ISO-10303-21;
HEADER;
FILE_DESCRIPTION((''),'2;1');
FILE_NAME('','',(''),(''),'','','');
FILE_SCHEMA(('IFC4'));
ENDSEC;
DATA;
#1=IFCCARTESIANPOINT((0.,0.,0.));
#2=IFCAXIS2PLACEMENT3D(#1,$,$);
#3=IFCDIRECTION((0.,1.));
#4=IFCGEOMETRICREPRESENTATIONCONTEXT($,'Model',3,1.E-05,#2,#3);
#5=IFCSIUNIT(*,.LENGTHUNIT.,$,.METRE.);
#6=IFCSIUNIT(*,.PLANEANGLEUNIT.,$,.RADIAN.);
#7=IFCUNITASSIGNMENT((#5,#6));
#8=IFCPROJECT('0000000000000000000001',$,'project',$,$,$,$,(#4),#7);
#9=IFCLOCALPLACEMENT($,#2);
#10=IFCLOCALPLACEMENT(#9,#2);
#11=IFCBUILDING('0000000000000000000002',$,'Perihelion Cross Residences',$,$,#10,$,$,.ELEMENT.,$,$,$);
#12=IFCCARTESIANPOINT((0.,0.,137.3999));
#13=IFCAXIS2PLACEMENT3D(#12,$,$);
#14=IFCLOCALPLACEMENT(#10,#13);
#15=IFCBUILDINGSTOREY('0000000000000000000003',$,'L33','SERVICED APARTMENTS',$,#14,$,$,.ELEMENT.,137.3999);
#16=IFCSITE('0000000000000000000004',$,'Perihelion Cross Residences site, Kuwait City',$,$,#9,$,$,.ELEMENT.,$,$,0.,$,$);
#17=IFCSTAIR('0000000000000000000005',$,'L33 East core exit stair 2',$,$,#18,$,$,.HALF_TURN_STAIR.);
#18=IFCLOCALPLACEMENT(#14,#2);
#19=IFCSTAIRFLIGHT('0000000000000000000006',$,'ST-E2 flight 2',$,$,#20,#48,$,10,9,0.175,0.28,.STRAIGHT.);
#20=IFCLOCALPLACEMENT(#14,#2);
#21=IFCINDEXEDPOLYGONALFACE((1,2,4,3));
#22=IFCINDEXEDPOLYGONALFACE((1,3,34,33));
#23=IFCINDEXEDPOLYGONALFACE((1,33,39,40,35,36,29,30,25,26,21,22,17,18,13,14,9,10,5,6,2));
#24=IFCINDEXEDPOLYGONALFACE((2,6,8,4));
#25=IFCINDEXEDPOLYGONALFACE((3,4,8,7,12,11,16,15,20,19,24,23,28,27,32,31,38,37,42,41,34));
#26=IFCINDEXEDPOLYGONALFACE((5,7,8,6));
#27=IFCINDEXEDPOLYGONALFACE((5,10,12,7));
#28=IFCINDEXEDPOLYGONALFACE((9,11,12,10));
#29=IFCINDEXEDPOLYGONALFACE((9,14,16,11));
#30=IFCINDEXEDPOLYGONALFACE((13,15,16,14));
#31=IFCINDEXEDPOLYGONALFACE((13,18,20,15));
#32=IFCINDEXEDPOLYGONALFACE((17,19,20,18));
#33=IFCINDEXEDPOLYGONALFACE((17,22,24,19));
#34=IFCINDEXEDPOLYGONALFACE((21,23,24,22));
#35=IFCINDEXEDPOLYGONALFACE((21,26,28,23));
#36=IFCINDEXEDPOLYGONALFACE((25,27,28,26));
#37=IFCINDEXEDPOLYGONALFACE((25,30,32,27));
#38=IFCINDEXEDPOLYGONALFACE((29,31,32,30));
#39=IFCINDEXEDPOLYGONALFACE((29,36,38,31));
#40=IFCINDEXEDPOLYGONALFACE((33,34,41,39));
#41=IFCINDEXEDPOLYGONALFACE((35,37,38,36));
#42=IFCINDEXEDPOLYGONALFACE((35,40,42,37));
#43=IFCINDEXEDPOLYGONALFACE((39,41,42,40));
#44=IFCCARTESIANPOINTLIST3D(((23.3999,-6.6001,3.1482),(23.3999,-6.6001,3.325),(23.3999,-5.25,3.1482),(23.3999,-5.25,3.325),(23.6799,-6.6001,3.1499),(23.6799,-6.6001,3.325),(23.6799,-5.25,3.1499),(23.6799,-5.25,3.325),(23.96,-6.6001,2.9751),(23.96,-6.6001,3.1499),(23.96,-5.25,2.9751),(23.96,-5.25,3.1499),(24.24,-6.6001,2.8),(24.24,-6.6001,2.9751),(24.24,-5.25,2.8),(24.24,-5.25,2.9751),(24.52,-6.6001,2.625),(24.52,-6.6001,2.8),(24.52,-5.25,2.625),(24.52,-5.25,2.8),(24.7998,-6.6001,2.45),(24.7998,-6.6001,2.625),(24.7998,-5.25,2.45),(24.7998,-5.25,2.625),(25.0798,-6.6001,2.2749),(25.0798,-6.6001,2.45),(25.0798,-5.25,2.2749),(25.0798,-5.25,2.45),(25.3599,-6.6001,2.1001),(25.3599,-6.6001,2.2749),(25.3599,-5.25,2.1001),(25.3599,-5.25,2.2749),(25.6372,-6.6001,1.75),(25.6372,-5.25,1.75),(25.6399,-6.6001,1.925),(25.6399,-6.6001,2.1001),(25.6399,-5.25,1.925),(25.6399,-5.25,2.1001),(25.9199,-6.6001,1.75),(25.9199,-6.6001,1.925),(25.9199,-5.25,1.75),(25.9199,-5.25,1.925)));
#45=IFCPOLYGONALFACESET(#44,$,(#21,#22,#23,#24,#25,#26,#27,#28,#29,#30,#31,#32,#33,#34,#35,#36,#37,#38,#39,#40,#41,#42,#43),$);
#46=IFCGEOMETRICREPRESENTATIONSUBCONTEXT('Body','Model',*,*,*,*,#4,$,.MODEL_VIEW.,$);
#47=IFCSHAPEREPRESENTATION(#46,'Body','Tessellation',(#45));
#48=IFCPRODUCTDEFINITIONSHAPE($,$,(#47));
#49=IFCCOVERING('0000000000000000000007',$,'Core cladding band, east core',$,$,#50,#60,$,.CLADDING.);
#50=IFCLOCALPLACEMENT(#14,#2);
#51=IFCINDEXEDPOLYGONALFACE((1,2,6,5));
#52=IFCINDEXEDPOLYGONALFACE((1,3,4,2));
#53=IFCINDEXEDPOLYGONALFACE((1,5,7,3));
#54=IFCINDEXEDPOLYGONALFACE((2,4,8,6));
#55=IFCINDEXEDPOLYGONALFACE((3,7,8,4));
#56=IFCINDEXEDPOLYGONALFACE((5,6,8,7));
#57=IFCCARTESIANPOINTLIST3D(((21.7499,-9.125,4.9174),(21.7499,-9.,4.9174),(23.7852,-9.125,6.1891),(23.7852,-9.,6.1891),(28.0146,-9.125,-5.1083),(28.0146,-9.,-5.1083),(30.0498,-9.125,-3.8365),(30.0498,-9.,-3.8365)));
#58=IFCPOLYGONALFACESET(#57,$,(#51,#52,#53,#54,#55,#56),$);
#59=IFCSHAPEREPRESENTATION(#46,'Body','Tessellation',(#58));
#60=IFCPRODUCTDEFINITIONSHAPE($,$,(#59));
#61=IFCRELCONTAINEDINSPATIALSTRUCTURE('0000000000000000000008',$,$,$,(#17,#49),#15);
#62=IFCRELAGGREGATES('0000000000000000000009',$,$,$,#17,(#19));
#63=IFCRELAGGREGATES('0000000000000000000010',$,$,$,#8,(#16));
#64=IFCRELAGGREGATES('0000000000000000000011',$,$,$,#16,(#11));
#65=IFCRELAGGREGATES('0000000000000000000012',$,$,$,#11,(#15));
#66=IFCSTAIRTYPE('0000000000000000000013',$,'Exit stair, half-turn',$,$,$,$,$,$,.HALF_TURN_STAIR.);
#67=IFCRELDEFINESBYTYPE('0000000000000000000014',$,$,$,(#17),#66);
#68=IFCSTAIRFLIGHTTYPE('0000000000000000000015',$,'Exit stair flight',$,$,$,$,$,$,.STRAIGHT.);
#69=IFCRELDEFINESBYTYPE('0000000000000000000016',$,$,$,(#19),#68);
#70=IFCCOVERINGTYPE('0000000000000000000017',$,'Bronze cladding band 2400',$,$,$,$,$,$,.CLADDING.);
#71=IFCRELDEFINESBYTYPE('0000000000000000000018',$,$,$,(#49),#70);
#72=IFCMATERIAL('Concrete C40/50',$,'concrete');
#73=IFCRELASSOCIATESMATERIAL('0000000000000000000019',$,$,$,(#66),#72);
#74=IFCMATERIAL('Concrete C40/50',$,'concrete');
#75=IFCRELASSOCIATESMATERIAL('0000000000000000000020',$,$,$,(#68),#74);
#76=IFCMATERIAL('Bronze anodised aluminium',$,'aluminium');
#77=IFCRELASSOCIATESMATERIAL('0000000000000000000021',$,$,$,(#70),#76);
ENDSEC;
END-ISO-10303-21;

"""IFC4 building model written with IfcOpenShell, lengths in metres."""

from ifc_helpers import new_model, si_unit, direction, frame, origin, origin_2d, place, context, subcontext, project, spatial, polyline, rectangle, outline, extrude, material, material_profile, profile_set, type_object, element, aggregate, save


model = new_model("IFC4")

# Units and contexts
model_context = context("Model", 3, precision=1e-05, world=origin(), true_north=direction((0.0, 1.0)))
body_context = subcontext(model_context, "Body", "Model", "MODEL_VIEW")
ifc_project = project(units=[si_unit("LENGTHUNIT", "METRE"), si_unit("PLANEANGLEUNIT", "RADIAN")], contexts=[model_context])

# Site, building, storey
site_placement = place(None, origin())
site = spatial("IfcSite", under=ifc_project, at=site_placement, Name="Perihelion Cross Residences site, Kuwait City", CompositionType="ELEMENT", RefElevation=0.0)
building_placement = place(site_placement, origin())
building = spatial("IfcBuilding", under=site, at=building_placement, Name="Perihelion Cross Residences", CompositionType="ELEMENT")
storey_placement = place(building_placement, frame((0.0, 0.0, 137.3999)))
storey = spatial("IfcBuildingStorey", under=building, at=storey_placement, Name="L33", Description="SERVICED APARTMENTS", CompositionType="ELEMENT", Elevation=137.3999)

# Stair, stair flight
ifc_material_1 = material(Name="Concrete C40/50", Category="concrete")
stair_type = type_object("IfcStairType", Name="Exit stair, half-turn", PredefinedType="HALF_TURN_STAIR", material=ifc_material_1)
stair_placement = place(storey_placement, origin())
stair = element("IfcStair", 1, at=stair_placement, inside=storey, type_object=stair_type, Name="L33 East core exit stair 2", PredefinedType="HALF_TURN_STAIR")
ifc_material_2 = material(Name="Concrete C40/50", Category="concrete")
stair_flight_type = type_object("IfcStairFlightType", Name="Exit stair flight", PredefinedType="STRAIGHT", material=ifc_material_2)
stair_flight_placement = place(storey_placement, frame((25.9199, -5.925, 1.75), z_axis=(0.0, 0.0, 1.0), x_axis=(-1.0, 0.0, 0.0)))
stair_flight = element("IfcStairFlight", 2, at=stair_flight_placement, type_object=stair_flight_type, Name="ST-E2 flight 2", NumberOfRisers=10, NumberOfTreads=9, PredefinedType="STRAIGHT", RiserHeight=0.175, TreadLength=0.28, context=body_context, shape_type="SweptSolid", body=[
    extrude(outline(polyline([(0.0, 0.0), (0.0, 0.175), (0.28, 0.175), (0.28, 0.3501), (0.5601, 0.3501), (0.5601, 0.5249), (0.8401, 0.5249), (0.8401, 0.7), (1.1201, 0.7), (1.1201, 0.875), (1.3999, 0.875), (1.3999, 1.05), (1.6799, 1.05), (1.6799, 1.2251), (1.96, 1.2251), (1.96, 1.3999), (2.24, 1.3999), (2.24, 1.575), (2.52, 1.575), (2.52, 1.75), (2.52, 1.3982), (0.2827, 0.0), (0.0, 0.0)])), frame((0.0, 0.675, 0.0), z_axis=(0.0, -1.0, 0.0), x_axis=(1.0, 0.0, 0.0)), (0.0, 0.0, 1.0), 1.3501),
])
aggregate(stair, [stair_flight])

# Covering
ifc_material_3 = material(Name="Bronze anodised aluminium", Category="aluminium")
ifc_material_profile = material_profile(ifc_material_3, rectangle(XDim=0.125, YDim=2.3999, at=origin_2d()), Name="Bronze cladding band 2400")
ifc_profile_set = profile_set([ifc_material_profile], Name="Bronze anodised aluminium")
covering_type = type_object("IfcCoveringType", Name="Bronze cladding band 2400", PredefinedType="CLADDING", material=ifc_profile_set)
covering_placement = place(storey_placement, frame((29.0322, -9.0625, -4.4724), z_axis=(-0.529915, 0.0, 0.848051), x_axis=(0.0, -1.0, 0.0)))
element("IfcCovering", 3, at=covering_placement, inside=storey, type_object=covering_type, Name="Core cladding band, east core", PredefinedType="CLADDING", context=body_context, shape_type="SweptSolid", body=[
    extrude(rectangle(XDim=0.125, YDim=2.3999, at=origin_2d()), origin(), (0.0, 0.0, 1.0), 11.822),
])

save(model, "model.ifc")
